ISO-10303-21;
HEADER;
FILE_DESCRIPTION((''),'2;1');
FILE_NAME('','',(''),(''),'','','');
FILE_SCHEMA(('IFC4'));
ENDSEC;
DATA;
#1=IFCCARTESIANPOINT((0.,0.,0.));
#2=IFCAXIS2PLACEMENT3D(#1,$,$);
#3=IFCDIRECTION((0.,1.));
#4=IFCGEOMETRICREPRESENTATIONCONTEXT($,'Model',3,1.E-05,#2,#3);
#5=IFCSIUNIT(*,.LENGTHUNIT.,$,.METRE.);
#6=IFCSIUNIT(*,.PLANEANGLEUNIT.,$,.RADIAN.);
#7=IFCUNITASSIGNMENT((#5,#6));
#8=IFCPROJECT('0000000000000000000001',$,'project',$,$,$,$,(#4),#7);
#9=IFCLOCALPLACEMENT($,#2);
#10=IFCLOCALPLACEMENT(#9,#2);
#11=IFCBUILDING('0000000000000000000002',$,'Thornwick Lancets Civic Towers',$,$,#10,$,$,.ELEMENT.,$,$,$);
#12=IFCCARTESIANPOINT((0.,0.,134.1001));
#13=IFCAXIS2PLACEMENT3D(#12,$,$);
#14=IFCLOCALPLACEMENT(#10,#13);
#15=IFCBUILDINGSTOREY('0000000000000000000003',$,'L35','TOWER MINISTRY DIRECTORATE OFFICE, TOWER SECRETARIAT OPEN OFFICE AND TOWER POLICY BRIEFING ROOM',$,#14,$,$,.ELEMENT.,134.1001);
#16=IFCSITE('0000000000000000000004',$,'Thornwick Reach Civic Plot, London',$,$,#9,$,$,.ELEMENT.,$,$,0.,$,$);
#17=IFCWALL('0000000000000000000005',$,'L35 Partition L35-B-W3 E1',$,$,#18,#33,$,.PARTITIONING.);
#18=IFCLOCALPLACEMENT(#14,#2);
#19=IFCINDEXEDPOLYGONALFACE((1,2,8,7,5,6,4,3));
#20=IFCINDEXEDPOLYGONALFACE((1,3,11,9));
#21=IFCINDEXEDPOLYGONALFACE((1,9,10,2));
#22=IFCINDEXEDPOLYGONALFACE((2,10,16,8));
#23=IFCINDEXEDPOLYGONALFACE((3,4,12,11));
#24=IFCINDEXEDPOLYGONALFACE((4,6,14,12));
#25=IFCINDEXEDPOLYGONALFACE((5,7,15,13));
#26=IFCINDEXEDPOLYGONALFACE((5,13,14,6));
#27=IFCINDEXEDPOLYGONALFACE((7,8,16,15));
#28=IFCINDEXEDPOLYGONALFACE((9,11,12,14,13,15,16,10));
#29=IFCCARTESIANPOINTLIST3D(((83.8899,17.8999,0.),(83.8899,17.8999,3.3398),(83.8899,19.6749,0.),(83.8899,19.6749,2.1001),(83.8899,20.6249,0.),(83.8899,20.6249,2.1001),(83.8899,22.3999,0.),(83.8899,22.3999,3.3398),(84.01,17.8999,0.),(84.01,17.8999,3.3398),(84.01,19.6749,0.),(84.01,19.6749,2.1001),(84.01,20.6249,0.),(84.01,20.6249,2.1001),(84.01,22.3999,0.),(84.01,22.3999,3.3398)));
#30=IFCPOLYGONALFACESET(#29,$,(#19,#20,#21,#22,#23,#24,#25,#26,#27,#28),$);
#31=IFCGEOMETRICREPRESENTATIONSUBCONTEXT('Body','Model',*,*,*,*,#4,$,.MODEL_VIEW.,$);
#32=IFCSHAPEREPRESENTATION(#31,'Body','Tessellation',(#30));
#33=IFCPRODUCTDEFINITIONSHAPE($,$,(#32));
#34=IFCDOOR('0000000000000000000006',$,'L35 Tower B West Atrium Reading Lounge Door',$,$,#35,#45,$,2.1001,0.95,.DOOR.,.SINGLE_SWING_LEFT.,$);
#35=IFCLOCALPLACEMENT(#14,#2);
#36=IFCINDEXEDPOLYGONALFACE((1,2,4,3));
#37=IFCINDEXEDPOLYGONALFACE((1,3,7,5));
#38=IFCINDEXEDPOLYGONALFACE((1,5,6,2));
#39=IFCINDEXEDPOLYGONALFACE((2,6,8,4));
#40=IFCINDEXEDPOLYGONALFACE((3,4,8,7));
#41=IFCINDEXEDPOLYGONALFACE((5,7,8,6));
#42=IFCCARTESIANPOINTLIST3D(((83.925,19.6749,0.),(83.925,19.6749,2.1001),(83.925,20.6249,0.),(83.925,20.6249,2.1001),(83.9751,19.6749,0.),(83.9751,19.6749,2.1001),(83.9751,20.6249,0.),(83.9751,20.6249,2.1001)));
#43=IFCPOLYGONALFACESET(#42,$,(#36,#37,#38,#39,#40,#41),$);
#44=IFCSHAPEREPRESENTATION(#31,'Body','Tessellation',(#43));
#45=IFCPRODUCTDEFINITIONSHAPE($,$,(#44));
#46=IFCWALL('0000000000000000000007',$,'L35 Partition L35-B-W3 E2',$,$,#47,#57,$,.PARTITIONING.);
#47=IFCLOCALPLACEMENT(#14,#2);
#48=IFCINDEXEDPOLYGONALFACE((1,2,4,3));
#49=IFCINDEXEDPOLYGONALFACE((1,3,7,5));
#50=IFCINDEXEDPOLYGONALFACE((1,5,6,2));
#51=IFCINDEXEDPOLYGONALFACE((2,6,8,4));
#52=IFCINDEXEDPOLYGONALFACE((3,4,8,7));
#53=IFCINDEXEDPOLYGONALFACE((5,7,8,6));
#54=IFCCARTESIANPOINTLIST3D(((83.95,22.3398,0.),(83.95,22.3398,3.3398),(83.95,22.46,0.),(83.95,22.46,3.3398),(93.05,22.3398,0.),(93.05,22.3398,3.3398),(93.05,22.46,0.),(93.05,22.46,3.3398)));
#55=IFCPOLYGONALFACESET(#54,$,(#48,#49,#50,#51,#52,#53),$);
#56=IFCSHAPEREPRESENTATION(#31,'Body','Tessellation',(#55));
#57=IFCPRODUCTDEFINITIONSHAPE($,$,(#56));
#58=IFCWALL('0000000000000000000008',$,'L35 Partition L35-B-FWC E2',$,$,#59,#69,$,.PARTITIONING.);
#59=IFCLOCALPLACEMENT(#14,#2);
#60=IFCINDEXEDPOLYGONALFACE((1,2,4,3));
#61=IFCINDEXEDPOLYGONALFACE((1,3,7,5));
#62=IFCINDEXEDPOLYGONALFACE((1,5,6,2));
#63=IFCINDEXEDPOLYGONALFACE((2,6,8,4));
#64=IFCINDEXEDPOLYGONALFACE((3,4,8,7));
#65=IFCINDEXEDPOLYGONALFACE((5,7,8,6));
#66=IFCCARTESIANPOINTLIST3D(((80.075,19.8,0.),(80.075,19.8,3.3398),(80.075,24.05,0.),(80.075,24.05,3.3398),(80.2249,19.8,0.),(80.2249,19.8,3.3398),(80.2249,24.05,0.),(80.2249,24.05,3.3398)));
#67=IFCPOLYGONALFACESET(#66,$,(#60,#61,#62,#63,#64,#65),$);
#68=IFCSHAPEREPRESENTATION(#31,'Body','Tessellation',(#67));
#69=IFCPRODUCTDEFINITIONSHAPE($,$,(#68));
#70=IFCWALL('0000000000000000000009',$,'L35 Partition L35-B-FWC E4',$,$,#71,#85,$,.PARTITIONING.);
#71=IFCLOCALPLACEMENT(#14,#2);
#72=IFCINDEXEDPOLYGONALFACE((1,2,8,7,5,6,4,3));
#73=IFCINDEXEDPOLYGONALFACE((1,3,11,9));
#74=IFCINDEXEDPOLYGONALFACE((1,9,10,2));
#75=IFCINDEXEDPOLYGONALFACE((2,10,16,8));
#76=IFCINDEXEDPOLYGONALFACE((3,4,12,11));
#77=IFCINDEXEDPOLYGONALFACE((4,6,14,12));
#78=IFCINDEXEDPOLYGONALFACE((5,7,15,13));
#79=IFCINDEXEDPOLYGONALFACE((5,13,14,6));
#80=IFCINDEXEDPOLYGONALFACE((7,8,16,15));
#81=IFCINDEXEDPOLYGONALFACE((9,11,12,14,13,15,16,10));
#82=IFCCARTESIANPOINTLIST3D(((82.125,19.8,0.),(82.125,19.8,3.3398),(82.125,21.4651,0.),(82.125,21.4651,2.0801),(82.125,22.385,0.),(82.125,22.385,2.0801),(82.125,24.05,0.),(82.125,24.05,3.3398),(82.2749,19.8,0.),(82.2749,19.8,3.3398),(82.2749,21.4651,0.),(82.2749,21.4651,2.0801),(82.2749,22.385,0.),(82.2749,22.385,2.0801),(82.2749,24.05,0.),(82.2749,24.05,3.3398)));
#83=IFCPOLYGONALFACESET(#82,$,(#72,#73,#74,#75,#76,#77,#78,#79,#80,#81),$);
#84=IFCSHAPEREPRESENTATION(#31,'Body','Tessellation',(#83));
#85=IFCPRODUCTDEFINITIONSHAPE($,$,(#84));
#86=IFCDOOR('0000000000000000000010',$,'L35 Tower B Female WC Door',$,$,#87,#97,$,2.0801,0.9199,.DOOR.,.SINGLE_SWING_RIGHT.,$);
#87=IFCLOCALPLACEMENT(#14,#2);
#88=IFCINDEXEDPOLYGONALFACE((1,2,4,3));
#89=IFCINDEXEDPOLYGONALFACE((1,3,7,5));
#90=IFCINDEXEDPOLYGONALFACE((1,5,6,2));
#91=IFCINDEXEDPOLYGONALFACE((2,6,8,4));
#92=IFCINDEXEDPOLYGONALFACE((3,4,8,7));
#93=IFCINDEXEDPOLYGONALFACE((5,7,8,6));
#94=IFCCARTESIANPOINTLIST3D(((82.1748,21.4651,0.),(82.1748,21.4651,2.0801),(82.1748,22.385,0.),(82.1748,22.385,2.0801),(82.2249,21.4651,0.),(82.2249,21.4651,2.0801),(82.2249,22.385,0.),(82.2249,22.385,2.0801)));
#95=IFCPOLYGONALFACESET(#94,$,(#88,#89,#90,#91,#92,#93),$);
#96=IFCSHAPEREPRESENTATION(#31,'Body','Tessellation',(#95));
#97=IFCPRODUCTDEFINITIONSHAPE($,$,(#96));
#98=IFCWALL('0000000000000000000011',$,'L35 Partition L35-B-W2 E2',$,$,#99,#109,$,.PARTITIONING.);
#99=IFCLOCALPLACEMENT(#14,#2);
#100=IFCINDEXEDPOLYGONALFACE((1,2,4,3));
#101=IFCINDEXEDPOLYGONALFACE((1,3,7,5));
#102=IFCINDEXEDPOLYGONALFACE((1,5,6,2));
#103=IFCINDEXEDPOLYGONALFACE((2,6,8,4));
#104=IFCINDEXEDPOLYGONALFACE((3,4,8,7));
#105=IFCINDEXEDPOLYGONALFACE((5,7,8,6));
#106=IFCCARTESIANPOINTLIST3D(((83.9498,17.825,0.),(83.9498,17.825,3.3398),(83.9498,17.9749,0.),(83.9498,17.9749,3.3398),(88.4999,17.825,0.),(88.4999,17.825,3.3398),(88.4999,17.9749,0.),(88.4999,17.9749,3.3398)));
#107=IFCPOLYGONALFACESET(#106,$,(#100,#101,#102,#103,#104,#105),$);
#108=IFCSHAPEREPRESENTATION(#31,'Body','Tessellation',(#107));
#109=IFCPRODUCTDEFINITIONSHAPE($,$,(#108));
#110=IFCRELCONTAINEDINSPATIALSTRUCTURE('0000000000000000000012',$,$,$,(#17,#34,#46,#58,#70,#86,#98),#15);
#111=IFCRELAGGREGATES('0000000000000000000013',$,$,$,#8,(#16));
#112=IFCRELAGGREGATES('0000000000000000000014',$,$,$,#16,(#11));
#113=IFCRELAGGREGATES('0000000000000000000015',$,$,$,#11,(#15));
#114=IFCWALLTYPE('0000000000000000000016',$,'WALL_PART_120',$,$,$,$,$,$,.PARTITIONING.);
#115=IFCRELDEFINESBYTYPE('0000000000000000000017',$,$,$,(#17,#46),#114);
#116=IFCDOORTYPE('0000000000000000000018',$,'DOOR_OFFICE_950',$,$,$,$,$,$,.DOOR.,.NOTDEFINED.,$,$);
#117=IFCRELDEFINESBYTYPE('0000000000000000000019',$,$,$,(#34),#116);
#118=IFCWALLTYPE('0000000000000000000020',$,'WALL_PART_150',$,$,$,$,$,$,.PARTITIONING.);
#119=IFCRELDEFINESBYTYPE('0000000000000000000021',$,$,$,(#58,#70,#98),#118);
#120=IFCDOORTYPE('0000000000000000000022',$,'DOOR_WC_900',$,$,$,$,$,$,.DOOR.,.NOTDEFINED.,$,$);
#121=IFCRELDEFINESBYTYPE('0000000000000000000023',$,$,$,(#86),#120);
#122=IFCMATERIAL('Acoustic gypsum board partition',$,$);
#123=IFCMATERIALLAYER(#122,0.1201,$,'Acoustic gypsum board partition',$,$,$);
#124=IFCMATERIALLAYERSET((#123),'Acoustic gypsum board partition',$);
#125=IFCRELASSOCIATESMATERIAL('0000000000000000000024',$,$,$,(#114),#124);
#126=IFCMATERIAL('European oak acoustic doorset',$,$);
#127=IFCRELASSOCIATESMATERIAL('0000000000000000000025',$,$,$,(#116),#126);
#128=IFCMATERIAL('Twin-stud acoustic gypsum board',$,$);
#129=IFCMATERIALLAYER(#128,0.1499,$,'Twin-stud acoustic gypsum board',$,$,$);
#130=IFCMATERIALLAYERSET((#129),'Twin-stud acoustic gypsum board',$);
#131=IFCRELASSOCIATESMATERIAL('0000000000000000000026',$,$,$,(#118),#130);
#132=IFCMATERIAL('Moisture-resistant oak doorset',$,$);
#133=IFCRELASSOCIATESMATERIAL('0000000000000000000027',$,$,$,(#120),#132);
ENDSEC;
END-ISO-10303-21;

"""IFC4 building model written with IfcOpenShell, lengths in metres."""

from ifc_helpers import new_model, si_unit, direction, frame, frame_2d, origin, place, context, subcontext, project, spatial, rectangle, extrude, material, layer, layer_set, type_object, element, fill, save


model = new_model("IFC4")

# Units and contexts
model_context = context("Model", 3, precision=1e-05, world=origin(), true_north=direction((0.0, 1.0)))
body_context = subcontext(model_context, "Body", "Model", "MODEL_VIEW")
ifc_project = project(units=[si_unit("LENGTHUNIT", "METRE"), si_unit("PLANEANGLEUNIT", "RADIAN")], contexts=[model_context])

# Site, building, storey
site_placement = place(None, origin())
site = spatial("IfcSite", under=ifc_project, at=site_placement, Name="Thornwick Reach Civic Plot, London", CompositionType="ELEMENT", RefElevation=0.0)
building_placement = place(site_placement, origin())
building = spatial("IfcBuilding", under=site, at=building_placement, Name="Thornwick Lancets Civic Towers", CompositionType="ELEMENT")
storey_placement = place(building_placement, frame((0.0, 0.0, 134.1001)))
storey = spatial("IfcBuildingStorey", under=building, at=storey_placement, Name="L35", Description="TOWER MINISTRY DIRECTORATE OFFICE, TOWER SECRETARIAT OPEN OFFICE AND TOWER POLICY BRIEFING ROOM", CompositionType="ELEMENT", Elevation=134.1001)

# Wall, opening, door
ifc_material_1 = material(Name="Acoustic gypsum board partition")
ifc_layer_1 = layer(ifc_material_1, 0.1201, Name="Acoustic gypsum board partition")
ifc_layer_set_1 = layer_set([ifc_layer_1], Name="Acoustic gypsum board partition")
wall_type_1 = type_object("IfcWallType", Name="WALL_PART_120", PredefinedType="PARTITIONING", material=ifc_layer_set_1)
wall_1_placement = place(storey_placement, frame((83.95, 17.8999, 0.0), z_axis=(0.0, 0.0, 1.0), x_axis=(0.0, 1.0, 0.0)))
wall_1 = element("IfcWall", 1, at=wall_1_placement, inside=storey, type_object=wall_type_1, Name="L35 Partition L35-B-W3 E1", PredefinedType="PARTITIONING", context=body_context, shape_type="SweptSolid", body=[
    extrude(rectangle(XDim=4.5, YDim=0.1201, at=frame_2d((2.25, 0.0))), origin(), (0.0, 0.0, 1.0), 3.3398),
])
opening_1_placement = place(wall_1_placement, frame((1.7749, 0.0, 0.0)))
opening_1 = element("IfcOpeningElement", 2, at=opening_1_placement, cuts=wall_1, PredefinedType="OPENING", context=body_context, shape_type="SweptSolid", body=[
    extrude(rectangle(XDim=0.95, YDim=2.1001, at=frame_2d((0.4751, 1.05))), frame((0.0, 0.0701, 0.0), z_axis=(0.0, -1.0, 0.0), x_axis=(1.0, 0.0, 0.0)), (0.0, 0.0, 1.0), 0.1401),
])
ifc_material_2 = material(Name="European oak acoustic doorset")
door_type_1 = type_object("IfcDoorType", Name="DOOR_OFFICE_950", OperationType="NOTDEFINED", PredefinedType="DOOR", material=ifc_material_2)
door_1_placement = place(opening_1_placement, origin())
door_1 = element("IfcDoor", 3, at=door_1_placement, inside=storey, type_object=door_type_1, Name="L35 Tower B West Atrium Reading Lounge Door", OperationType="SINGLE_SWING_LEFT", OverallHeight=2.1001, OverallWidth=0.95, PredefinedType="DOOR", context=body_context, shape_type="SweptSolid", body=[
    extrude(rectangle(XDim=0.95, YDim=2.1001, at=frame_2d((0.4751, 1.05))), frame((0.0, 0.0249, 0.0), z_axis=(0.0, -1.0, 0.0), x_axis=(1.0, 0.0, 0.0)), (0.0, 0.0, 1.0), 0.05),
])
fill(opening_1, door_1)

# Walls
wall_2_placement = place(storey_placement, frame((83.95, 22.3999, 0.0), z_axis=(0.0, 0.0, 1.0), x_axis=(1.0, 0.0, 0.0)))
element("IfcWall", 4, at=wall_2_placement, inside=storey, type_object=wall_type_1, Name="L35 Partition L35-B-W3 E2", PredefinedType="PARTITIONING", context=body_context, shape_type="SweptSolid", body=[
    extrude(rectangle(XDim=9.1001, YDim=0.1201, at=frame_2d((4.55, 0.0))), origin(), (0.0, 0.0, 1.0), 3.3398),
])
ifc_material_3 = material(Name="Twin-stud acoustic gypsum board")
ifc_layer_2 = layer(ifc_material_3, 0.1499, Name="Twin-stud acoustic gypsum board")
ifc_layer_set_2 = layer_set([ifc_layer_2], Name="Twin-stud acoustic gypsum board")
wall_type_2 = type_object("IfcWallType", Name="WALL_PART_150", PredefinedType="PARTITIONING", material=ifc_layer_set_2)
wall_3_placement = place(storey_placement, frame((80.1499, 19.8, 0.0), z_axis=(0.0, 0.0, 1.0), x_axis=(0.0, 1.0, 0.0)))
element("IfcWall", 5, at=wall_3_placement, inside=storey, type_object=wall_type_2, Name="L35 Partition L35-B-FWC E2", PredefinedType="PARTITIONING", context=body_context, shape_type="SweptSolid", body=[
    extrude(rectangle(XDim=4.25, YDim=0.1499, at=frame_2d((2.125, 0.0))), origin(), (0.0, 0.0, 1.0), 3.3398),
])

# Wall, opening, door
wall_4_placement = place(storey_placement, frame((82.2, 24.05, 0.0), z_axis=(0.0, 0.0, 1.0), x_axis=(0.0, -1.0, 0.0)))
wall_4 = element("IfcWall", 6, at=wall_4_placement, inside=storey, type_object=wall_type_2, Name="L35 Partition L35-B-FWC E4", PredefinedType="PARTITIONING", context=body_context, shape_type="SweptSolid", body=[
    extrude(rectangle(XDim=4.25, YDim=0.1499, at=frame_2d((2.125, 0.0))), origin(), (0.0, 0.0, 1.0), 3.3398),
])
opening_2_placement = place(wall_4_placement, frame((1.665, 0.0, 0.0)))
opening_2 = element("IfcOpeningElement", 7, at=opening_2_placement, cuts=wall_4, PredefinedType="OPENING", context=body_context, shape_type="SweptSolid", body=[
    extrude(rectangle(XDim=0.9199, YDim=2.0801, at=frame_2d((0.46, 1.04))), frame((0.0, 0.085, 0.0), z_axis=(0.0, -1.0, 0.0), x_axis=(1.0, 0.0, 0.0)), (0.0, 0.0, 1.0), 0.1699),
])
ifc_material_4 = material(Name="Moisture-resistant oak doorset")
door_type_2 = type_object("IfcDoorType", Name="DOOR_WC_900", OperationType="NOTDEFINED", PredefinedType="DOOR", material=ifc_material_4)
door_2_placement = place(opening_2_placement, origin())
door_2 = element("IfcDoor", 8, at=door_2_placement, inside=storey, type_object=door_type_2, Name="L35 Tower B Female WC Door", OperationType="SINGLE_SWING_RIGHT", OverallHeight=2.0801, OverallWidth=0.9199, PredefinedType="DOOR", context=body_context, shape_type="SweptSolid", body=[
    extrude(rectangle(XDim=0.9199, YDim=2.0801, at=frame_2d((0.46, 1.04))), frame((0.0, 0.0249, 0.0), z_axis=(0.0, -1.0, 0.0), x_axis=(1.0, 0.0, 0.0)), (0.0, 0.0, 1.0), 0.05),
])
fill(opening_2, door_2)

# Wall
wall_5_placement = place(storey_placement, frame((83.95, 17.8999, 0.0), z_axis=(0.0, 0.0, 1.0), x_axis=(1.0, 0.0, 0.0)))
element("IfcWall", 9, at=wall_5_placement, inside=storey, type_object=wall_type_2, Name="L35 Partition L35-B-W2 E2", PredefinedType="PARTITIONING", context=body_context, shape_type="SweptSolid", body=[
    extrude(rectangle(XDim=4.55, YDim=0.1499, at=frame_2d((2.2749, 0.0))), origin(), (0.0, 0.0, 1.0), 3.3398),
])

save(model, "model.ifc")
